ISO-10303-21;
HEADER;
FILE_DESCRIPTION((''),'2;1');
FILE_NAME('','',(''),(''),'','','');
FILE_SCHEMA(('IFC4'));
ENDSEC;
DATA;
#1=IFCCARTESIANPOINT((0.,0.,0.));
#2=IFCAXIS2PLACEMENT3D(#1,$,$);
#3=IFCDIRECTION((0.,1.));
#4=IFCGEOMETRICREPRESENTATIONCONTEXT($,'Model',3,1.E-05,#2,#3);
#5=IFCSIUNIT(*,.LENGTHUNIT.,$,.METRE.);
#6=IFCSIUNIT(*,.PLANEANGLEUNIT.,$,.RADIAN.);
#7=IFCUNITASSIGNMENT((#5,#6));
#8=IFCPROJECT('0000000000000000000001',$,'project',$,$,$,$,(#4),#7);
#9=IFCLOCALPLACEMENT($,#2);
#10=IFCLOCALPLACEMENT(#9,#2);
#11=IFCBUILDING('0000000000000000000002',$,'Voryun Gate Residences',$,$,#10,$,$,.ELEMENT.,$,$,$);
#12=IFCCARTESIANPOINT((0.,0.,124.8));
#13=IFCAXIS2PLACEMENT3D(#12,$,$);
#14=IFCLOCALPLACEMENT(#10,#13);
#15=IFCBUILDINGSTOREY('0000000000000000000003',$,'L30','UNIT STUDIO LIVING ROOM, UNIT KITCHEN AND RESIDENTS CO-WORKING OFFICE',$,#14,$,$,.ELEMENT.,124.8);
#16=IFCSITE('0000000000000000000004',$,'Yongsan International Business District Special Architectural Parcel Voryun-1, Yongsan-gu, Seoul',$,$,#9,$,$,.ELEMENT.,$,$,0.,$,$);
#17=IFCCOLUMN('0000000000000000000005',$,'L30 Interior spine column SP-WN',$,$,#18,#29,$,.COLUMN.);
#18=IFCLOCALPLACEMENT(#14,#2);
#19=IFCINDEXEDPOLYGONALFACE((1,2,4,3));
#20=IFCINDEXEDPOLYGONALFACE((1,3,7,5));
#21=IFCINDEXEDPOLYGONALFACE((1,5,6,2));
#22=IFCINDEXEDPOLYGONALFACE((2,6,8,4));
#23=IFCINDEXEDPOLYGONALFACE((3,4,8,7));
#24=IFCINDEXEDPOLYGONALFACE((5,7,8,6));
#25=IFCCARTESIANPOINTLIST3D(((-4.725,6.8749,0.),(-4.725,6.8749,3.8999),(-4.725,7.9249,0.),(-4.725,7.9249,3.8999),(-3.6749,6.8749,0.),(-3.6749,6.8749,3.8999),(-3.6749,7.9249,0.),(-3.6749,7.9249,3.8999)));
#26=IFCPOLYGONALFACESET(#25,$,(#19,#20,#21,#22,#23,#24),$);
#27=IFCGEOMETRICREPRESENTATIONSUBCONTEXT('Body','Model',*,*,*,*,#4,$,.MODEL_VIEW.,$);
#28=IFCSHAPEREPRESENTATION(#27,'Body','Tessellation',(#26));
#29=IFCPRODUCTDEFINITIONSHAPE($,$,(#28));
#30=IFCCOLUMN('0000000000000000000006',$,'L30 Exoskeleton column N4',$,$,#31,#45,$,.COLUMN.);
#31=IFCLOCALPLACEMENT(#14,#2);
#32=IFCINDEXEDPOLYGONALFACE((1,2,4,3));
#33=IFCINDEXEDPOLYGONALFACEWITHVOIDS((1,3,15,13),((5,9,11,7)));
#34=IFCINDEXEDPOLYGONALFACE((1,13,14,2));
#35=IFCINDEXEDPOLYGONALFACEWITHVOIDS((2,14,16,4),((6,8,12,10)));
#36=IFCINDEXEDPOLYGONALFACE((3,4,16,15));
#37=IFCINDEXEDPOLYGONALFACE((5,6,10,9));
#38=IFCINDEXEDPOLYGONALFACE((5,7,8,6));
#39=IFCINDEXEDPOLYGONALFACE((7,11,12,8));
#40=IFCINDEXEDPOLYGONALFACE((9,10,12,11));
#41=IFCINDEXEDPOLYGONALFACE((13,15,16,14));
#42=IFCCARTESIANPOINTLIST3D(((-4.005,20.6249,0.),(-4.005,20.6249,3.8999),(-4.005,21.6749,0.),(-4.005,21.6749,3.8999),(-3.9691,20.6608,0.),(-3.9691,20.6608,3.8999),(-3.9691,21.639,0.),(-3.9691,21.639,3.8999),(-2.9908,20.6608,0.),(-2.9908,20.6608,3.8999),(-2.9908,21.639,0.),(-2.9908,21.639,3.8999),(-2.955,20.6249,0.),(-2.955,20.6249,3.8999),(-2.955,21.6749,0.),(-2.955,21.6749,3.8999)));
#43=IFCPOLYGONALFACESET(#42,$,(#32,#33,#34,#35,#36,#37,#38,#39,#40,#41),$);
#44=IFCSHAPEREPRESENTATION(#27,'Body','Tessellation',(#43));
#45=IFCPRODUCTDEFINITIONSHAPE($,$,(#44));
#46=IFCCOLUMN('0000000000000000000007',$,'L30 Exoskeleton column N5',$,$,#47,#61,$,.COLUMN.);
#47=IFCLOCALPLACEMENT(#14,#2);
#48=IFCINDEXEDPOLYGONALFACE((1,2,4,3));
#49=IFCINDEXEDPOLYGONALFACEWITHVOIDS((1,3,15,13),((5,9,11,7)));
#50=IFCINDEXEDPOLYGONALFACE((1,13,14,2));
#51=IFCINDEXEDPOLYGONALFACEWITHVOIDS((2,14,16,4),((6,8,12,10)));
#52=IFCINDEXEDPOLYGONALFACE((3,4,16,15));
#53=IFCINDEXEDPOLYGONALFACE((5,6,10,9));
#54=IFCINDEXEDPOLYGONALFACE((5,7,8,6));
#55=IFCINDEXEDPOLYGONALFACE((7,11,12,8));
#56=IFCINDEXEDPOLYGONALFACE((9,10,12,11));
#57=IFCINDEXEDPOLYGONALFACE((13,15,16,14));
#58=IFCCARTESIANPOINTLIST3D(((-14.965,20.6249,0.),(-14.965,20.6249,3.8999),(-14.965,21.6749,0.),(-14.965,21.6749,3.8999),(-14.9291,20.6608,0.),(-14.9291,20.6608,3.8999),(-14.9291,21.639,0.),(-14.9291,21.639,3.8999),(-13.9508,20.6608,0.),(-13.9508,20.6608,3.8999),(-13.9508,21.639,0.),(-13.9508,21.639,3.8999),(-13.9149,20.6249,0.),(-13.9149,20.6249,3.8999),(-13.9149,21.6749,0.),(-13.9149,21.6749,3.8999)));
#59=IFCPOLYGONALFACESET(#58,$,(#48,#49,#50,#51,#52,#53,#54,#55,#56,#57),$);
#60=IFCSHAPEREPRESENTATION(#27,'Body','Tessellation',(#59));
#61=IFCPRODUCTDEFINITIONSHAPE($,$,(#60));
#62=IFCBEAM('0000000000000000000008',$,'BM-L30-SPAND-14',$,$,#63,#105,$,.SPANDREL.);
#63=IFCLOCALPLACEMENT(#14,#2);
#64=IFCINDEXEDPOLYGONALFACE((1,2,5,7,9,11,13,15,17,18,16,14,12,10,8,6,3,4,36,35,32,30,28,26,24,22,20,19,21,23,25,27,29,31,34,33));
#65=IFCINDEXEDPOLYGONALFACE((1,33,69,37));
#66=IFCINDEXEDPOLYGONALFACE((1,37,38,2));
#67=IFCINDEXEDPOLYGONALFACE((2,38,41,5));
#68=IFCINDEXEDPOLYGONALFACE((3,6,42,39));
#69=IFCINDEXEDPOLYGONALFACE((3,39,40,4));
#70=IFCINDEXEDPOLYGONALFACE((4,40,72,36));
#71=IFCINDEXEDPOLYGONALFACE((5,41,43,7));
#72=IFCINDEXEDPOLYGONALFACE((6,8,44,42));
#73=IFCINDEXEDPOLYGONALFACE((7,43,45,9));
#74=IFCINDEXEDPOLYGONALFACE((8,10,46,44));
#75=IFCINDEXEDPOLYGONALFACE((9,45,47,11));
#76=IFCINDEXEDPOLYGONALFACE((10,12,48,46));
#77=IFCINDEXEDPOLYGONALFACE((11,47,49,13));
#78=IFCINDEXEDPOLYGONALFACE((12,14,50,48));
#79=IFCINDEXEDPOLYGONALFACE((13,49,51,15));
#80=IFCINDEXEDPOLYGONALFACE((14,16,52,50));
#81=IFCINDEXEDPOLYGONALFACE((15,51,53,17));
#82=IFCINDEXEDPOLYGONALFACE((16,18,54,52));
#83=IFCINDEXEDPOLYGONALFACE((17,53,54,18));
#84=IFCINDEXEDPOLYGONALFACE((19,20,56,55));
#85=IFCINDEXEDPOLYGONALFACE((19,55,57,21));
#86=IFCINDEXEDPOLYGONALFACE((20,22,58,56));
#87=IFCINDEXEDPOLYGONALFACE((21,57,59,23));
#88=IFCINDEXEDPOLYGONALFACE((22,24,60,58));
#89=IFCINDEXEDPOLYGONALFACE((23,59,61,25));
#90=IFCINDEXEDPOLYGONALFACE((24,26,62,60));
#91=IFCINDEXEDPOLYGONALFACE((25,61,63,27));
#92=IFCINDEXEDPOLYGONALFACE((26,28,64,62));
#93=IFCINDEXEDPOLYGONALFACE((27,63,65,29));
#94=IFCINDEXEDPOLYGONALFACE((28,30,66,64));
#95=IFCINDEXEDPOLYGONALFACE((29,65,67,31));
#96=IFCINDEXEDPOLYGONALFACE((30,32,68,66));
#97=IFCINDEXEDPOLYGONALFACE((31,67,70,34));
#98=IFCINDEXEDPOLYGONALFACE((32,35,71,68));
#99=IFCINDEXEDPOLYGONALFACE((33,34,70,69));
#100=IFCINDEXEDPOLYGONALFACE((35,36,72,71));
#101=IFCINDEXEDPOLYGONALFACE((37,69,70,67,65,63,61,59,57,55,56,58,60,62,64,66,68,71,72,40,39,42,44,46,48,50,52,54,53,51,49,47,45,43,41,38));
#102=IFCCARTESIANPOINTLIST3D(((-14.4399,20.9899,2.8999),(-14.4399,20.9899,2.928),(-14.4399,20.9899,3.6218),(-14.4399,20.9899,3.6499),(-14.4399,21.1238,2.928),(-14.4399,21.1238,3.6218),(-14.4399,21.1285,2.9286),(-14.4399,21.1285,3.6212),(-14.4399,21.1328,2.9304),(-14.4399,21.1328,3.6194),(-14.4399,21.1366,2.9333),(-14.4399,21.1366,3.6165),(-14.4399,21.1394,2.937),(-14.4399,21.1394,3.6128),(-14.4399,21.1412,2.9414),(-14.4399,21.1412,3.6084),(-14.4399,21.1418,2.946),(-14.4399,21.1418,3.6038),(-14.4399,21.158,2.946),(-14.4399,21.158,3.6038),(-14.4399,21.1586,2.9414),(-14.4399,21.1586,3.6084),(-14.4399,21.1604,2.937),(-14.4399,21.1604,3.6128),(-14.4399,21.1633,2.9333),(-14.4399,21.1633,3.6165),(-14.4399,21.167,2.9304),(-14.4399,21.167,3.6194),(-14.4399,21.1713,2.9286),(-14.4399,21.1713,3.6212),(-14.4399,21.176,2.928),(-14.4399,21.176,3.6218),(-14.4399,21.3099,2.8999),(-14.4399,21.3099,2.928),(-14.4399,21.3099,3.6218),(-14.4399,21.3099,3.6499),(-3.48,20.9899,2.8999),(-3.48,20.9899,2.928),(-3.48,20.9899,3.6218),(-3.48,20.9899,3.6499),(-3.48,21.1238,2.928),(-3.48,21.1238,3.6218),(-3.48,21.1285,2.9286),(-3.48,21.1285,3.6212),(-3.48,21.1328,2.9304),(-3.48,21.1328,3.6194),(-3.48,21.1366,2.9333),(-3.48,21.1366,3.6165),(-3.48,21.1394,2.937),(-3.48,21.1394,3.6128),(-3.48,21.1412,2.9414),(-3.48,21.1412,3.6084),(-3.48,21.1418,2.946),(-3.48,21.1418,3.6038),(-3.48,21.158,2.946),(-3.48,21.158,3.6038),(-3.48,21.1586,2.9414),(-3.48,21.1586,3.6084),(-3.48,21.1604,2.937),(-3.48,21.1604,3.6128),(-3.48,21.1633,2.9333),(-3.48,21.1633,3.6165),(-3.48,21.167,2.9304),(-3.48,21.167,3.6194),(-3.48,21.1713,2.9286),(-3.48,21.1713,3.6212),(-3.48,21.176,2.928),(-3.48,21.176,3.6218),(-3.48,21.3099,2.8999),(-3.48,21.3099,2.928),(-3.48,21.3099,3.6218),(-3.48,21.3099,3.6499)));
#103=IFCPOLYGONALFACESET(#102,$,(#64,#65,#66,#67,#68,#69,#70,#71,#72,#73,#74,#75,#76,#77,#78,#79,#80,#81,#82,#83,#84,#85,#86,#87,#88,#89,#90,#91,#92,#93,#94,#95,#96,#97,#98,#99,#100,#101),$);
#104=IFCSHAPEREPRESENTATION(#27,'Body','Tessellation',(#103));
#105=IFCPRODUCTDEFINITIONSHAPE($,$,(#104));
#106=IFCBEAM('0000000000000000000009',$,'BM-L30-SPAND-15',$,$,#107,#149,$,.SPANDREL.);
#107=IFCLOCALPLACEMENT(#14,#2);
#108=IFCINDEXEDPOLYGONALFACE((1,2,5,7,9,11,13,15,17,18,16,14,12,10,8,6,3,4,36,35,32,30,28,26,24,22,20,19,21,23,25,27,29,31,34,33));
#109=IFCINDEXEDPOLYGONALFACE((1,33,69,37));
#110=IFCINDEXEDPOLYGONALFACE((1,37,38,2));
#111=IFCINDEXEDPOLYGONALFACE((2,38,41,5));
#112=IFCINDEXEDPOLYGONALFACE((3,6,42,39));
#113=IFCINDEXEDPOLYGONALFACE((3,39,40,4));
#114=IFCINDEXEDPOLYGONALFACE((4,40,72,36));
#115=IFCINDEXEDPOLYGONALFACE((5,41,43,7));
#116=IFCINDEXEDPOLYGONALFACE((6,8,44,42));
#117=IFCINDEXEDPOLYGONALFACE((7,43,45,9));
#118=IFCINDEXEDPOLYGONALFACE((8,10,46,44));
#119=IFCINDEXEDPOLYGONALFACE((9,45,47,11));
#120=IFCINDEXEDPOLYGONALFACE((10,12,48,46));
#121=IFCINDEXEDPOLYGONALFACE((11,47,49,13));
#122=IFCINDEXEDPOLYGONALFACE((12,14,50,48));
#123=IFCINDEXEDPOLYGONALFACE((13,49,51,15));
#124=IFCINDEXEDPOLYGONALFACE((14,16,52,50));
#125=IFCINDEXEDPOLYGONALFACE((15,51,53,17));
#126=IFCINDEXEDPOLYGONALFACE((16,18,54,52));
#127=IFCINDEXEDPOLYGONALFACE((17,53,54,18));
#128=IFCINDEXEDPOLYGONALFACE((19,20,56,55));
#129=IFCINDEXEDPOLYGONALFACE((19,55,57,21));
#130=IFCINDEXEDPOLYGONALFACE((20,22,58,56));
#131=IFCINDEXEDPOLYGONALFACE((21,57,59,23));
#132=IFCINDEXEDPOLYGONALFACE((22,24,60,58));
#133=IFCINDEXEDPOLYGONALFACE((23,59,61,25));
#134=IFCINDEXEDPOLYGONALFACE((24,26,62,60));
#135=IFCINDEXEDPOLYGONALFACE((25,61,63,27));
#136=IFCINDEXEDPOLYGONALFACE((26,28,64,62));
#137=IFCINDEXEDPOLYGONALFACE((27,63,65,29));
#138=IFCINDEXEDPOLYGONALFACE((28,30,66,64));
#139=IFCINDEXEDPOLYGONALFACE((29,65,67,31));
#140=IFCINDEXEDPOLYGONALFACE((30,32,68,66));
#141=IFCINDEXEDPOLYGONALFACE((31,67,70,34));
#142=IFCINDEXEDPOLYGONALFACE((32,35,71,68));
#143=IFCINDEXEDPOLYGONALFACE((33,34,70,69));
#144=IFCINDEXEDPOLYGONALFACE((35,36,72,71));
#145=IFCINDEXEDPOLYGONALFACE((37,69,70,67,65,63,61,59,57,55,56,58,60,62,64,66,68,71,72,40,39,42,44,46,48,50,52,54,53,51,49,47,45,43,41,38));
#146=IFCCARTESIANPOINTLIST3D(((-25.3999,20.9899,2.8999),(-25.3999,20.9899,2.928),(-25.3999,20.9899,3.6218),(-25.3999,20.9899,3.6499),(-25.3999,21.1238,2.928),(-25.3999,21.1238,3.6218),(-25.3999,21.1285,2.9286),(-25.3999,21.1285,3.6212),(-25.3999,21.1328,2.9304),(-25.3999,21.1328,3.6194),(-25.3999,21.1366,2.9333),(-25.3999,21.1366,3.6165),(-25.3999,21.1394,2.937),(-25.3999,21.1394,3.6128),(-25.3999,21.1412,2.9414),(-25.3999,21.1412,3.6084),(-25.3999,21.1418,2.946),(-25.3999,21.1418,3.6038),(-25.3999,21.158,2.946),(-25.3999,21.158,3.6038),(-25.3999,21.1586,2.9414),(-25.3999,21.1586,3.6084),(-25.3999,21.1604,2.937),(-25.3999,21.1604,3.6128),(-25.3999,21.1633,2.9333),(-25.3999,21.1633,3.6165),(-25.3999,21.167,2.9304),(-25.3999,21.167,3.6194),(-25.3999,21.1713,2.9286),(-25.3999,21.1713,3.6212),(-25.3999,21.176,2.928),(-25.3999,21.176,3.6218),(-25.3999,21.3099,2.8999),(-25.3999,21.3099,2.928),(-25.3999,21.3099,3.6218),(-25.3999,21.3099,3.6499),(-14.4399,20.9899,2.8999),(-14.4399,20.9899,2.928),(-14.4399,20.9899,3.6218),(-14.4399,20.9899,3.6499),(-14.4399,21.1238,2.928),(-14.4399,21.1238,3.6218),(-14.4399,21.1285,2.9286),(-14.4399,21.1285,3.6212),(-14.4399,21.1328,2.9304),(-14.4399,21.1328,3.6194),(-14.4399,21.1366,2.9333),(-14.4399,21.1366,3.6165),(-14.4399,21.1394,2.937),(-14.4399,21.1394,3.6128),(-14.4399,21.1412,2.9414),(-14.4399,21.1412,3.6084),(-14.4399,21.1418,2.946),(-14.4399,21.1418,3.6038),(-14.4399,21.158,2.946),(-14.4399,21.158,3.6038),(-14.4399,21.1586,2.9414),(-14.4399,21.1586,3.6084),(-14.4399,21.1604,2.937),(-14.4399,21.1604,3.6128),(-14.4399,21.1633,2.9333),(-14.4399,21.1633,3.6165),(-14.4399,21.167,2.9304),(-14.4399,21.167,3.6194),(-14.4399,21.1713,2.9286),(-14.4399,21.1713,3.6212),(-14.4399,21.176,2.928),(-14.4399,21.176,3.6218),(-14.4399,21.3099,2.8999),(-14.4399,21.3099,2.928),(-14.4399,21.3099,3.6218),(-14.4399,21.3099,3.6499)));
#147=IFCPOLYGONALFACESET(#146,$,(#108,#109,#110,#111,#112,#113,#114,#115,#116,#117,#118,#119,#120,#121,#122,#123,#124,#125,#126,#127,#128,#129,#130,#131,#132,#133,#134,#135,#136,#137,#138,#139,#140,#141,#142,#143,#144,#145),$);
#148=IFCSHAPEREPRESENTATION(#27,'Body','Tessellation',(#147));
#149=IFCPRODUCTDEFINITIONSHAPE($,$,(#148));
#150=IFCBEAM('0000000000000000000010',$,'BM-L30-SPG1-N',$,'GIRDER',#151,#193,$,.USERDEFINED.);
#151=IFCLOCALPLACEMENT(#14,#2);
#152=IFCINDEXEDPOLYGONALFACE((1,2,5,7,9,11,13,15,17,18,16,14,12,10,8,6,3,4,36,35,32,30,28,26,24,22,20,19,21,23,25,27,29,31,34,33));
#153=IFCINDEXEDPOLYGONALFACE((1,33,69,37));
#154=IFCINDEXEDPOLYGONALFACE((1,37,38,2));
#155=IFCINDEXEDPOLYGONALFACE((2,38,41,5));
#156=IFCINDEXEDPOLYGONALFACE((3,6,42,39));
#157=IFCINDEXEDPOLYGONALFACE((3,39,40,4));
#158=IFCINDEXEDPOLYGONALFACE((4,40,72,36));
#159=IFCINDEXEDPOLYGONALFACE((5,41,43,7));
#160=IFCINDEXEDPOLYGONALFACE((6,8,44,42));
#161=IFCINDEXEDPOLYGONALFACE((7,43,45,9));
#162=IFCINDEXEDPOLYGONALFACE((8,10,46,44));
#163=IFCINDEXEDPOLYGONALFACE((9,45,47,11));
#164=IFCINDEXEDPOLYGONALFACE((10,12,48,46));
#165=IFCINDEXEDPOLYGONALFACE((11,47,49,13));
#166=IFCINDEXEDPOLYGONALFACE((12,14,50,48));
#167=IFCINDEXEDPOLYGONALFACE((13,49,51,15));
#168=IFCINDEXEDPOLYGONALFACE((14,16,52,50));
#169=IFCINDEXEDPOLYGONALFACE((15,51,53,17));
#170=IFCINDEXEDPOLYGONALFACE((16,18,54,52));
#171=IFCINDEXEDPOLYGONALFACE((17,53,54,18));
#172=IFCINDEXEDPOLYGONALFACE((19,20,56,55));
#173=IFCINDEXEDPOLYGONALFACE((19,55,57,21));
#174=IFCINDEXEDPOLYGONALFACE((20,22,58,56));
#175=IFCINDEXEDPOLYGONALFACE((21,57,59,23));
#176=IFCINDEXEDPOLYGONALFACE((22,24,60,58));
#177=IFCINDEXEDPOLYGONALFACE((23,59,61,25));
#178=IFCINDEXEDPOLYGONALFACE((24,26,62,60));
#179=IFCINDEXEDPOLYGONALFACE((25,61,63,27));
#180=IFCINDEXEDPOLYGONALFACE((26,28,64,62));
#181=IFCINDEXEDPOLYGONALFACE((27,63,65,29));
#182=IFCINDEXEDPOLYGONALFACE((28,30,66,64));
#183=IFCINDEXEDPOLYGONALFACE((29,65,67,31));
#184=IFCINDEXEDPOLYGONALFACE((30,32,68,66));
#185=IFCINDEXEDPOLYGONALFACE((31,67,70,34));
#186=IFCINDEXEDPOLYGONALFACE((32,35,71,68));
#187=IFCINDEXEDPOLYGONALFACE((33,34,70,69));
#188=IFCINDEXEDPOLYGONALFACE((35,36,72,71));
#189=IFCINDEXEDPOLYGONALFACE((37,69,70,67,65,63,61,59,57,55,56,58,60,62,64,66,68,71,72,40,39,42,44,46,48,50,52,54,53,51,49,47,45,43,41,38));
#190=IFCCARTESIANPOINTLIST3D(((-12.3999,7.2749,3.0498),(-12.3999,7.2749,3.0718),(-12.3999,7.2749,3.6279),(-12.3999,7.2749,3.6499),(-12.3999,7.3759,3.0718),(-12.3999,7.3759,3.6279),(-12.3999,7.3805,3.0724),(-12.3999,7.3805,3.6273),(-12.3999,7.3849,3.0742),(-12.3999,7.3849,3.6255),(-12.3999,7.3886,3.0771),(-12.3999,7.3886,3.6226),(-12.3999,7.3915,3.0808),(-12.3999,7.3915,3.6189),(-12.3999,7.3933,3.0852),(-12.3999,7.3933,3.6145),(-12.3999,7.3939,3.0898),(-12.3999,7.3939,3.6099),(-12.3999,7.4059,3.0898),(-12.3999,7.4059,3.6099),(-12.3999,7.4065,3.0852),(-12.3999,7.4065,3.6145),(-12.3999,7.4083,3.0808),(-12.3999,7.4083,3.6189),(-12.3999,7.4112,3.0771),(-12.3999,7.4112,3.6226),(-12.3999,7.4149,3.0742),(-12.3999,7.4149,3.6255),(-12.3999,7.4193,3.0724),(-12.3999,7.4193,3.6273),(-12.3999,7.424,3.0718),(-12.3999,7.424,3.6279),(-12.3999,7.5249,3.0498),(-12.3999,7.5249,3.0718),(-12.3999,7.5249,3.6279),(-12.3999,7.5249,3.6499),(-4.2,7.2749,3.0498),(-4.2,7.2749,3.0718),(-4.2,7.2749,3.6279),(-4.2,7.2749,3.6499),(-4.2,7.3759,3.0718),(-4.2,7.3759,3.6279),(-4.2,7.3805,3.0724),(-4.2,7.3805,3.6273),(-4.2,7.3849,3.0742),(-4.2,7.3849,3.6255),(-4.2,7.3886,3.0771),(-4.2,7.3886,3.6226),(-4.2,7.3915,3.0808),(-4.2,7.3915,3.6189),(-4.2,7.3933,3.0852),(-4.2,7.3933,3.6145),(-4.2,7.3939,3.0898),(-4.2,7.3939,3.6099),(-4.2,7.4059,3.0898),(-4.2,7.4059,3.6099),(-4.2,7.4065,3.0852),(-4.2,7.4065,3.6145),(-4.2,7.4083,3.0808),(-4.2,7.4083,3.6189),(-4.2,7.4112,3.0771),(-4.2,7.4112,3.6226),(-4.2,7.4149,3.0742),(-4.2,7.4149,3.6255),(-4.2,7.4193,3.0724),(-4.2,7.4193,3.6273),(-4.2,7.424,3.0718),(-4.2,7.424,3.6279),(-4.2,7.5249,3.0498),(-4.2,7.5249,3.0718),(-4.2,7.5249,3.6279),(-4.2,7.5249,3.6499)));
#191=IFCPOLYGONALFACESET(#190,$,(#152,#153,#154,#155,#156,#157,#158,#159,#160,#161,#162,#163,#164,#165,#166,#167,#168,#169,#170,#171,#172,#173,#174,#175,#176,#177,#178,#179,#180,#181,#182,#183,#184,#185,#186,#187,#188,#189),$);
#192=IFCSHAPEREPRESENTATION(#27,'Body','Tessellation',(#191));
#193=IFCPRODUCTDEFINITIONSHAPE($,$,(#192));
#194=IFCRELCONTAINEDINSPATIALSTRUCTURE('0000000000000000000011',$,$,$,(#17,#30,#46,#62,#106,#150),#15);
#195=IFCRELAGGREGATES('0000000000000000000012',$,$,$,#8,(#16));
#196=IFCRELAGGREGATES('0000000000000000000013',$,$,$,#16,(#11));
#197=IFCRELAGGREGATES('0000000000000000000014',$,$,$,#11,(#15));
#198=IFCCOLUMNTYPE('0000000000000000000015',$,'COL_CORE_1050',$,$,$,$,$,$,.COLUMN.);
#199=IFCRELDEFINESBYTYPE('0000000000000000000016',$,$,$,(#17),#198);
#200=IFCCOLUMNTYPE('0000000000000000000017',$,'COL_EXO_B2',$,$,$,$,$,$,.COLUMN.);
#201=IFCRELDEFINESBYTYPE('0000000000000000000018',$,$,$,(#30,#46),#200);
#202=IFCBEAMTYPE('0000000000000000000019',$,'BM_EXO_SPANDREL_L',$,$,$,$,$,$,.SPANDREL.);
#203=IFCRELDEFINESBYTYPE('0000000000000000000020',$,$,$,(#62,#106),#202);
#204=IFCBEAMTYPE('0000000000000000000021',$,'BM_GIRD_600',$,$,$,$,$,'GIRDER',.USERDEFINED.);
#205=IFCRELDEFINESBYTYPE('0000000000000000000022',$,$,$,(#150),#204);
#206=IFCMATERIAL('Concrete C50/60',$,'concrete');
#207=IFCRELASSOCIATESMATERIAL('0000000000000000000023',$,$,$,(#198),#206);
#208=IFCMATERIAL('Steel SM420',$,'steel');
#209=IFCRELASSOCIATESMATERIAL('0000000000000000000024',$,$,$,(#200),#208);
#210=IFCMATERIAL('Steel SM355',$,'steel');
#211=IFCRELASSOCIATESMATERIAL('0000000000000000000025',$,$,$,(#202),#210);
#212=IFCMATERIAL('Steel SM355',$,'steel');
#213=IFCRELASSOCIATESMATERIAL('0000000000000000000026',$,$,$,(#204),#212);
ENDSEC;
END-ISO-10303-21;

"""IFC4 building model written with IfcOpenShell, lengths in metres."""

from ifc_helpers import new_model, si_unit, direction, frame, origin, origin_2d, place, context, subcontext, project, spatial, rectangle, hollow_rectangle, i_section, extrude, material, material_profile, profile_set, type_object, element, save


model = new_model("IFC4")

# Units and contexts
model_context = context("Model", 3, precision=1e-05, world=origin(), true_north=direction((0.0, 1.0)))
body_context = subcontext(model_context, "Body", "Model", "MODEL_VIEW")
ifc_project = project(units=[si_unit("LENGTHUNIT", "METRE"), si_unit("PLANEANGLEUNIT", "RADIAN")], contexts=[model_context])

# Site, building, storey
site_placement = place(None, origin())
site = spatial("IfcSite", under=ifc_project, at=site_placement, Name="Yongsan International Business District Special Architectural Parcel Voryun-1, Yongsan-gu, Seoul", CompositionType="ELEMENT", RefElevation=0.0)
building_placement = place(site_placement, origin())
building = spatial("IfcBuilding", under=site, at=building_placement, Name="Voryun Gate Residences", CompositionType="ELEMENT")
storey_placement = place(building_placement, frame((0.0, 0.0, 124.8)))
storey = spatial("IfcBuildingStorey", under=building, at=storey_placement, Name="L30", Description="UNIT STUDIO LIVING ROOM, UNIT KITCHEN AND RESIDENTS CO-WORKING OFFICE", CompositionType="ELEMENT", Elevation=124.8)

# Columns
ifc_material_1 = material(Name="Concrete C50/60", Category="concrete")
ifc_material_profile_1 = material_profile(ifc_material_1, rectangle(XDim=1.05, YDim=1.05, at=origin_2d()), Name="RC-1050x1050")
ifc_profile_set_1 = profile_set([ifc_material_profile_1], Name="Concrete C50/60")
column_type_1 = type_object("IfcColumnType", Name="COL_CORE_1050", PredefinedType="COLUMN", material=ifc_profile_set_1)
column_placement = place(storey_placement, frame((-4.2, 7.3999, 0.0), z_axis=(0.0, 0.0, 1.0), x_axis=(1.0, 0.0, 0.0)))
element("IfcColumn", 1, at=column_placement, inside=storey, type_object=column_type_1, Name="L30 Interior spine column SP-WN", PredefinedType="COLUMN", context=body_context, shape_type="SweptSolid", body=[
    extrude(rectangle(XDim=1.05, YDim=1.05, at=origin_2d()), origin(), (0.0, 0.0, 1.0), 3.8999),
])
ifc_material_2 = material(Name="Steel SM420", Category="steel")
ifc_material_profile_2 = material_profile(ifc_material_2, hollow_rectangle(XDim=1.05, YDim=1.05, WallThickness=0.0359, at=origin_2d()), Name="BOX-1050x1050x36")
ifc_profile_set_2 = profile_set([ifc_material_profile_2], Name="Steel SM420")
column_type_2 = type_object("IfcColumnType", Name="COL_EXO_B2", PredefinedType="COLUMN", material=ifc_profile_set_2)
for number, where, z_axis, x_axis, name in (
    (2, (-3.48, 21.1499, 0.0), (0.0, 0.0, 1.0), (1.0, 0.0, 0.0), "L30 Exoskeleton column N4"),
    (3, (-14.4399, 21.1499, 0.0), (0.0, 0.0, 1.0), (1.0, 0.0, 0.0), "L30 Exoskeleton column N5"),
):
    element("IfcColumn", number, at=place(storey_placement, frame(where, z_axis=z_axis, x_axis=x_axis)), inside=storey, type_object=column_type_2, Name=name, PredefinedType="COLUMN", context=body_context, shape_type="SweptSolid", body=[
        extrude(hollow_rectangle(XDim=1.05, YDim=1.05, WallThickness=0.0359, at=origin_2d()), origin(), (0.0, 0.0, 1.0), 3.8999),
    ])

# Beams
ifc_material_3 = material(Name="Steel SM355", Category="steel")
ifc_material_profile_3 = material_profile(ifc_material_3, i_section(OverallWidth=0.3201, OverallDepth=0.75, WebThickness=0.0161, FlangeThickness=0.0281, FilletRadius=0.0181, at=origin_2d()), Name="H-750x320x16x28")
ifc_profile_set_3 = profile_set([ifc_material_profile_3], Name="Steel SM355")
beam_type_1 = type_object("IfcBeamType", Name="BM_EXO_SPANDREL_L", PredefinedType="SPANDREL", material=ifc_profile_set_3)
for number, where, z_axis, x_axis, name in (
    (4, (-3.48, 21.1499, 3.2749), (-1.0, 0.0, 0.0), (0.0, -1.0, 0.0), "BM-L30-SPAND-14"),
    (5, (-14.4399, 21.1499, 3.2749), (-1.0, 0.0, 0.0), (0.0, -1.0, 0.0), "BM-L30-SPAND-15"),
):
    element("IfcBeam", number, at=place(storey_placement, frame(where, z_axis=z_axis, x_axis=x_axis)), inside=storey, type_object=beam_type_1, Name=name, PredefinedType="SPANDREL", context=body_context, shape_type="SweptSolid", body=[
        extrude(i_section(OverallWidth=0.3201, OverallDepth=0.75, WebThickness=0.0161, FlangeThickness=0.0281, FilletRadius=0.0181, at=origin_2d()), origin(), (0.0, 0.0, 1.0), 10.96),
    ])
ifc_material_4 = material(Name="Steel SM355", Category="steel")
ifc_material_profile_4 = material_profile(ifc_material_4, i_section(OverallWidth=0.25, OverallDepth=0.6001, WebThickness=0.012, FlangeThickness=0.022, FilletRadius=0.0181, at=origin_2d()), Name="H-600x250x12x22")
ifc_profile_set_4 = profile_set([ifc_material_profile_4], Name="Steel SM355")
beam_type_2 = type_object("IfcBeamType", Name="BM_GIRD_600", ElementType="GIRDER", PredefinedType="USERDEFINED", material=ifc_profile_set_4)
beam_1_placement = place(storey_placement, frame((-12.3999, 7.3999, 3.3499), z_axis=(1.0, 0.0, 0.0), x_axis=(0.0, 1.0, 0.0)))
element("IfcBeam", 6, at=beam_1_placement, inside=storey, type_object=beam_type_2, Name="BM-L30-SPG1-N", ObjectType="GIRDER", PredefinedType="USERDEFINED", context=body_context, shape_type="SweptSolid", body=[
    extrude(i_section(OverallWidth=0.25, OverallDepth=0.6001, WebThickness=0.012, FlangeThickness=0.022, FilletRadius=0.0181, at=origin_2d()), origin(), (0.0, 0.0, 1.0), 8.2),
])

save(model, "model.ifc")
